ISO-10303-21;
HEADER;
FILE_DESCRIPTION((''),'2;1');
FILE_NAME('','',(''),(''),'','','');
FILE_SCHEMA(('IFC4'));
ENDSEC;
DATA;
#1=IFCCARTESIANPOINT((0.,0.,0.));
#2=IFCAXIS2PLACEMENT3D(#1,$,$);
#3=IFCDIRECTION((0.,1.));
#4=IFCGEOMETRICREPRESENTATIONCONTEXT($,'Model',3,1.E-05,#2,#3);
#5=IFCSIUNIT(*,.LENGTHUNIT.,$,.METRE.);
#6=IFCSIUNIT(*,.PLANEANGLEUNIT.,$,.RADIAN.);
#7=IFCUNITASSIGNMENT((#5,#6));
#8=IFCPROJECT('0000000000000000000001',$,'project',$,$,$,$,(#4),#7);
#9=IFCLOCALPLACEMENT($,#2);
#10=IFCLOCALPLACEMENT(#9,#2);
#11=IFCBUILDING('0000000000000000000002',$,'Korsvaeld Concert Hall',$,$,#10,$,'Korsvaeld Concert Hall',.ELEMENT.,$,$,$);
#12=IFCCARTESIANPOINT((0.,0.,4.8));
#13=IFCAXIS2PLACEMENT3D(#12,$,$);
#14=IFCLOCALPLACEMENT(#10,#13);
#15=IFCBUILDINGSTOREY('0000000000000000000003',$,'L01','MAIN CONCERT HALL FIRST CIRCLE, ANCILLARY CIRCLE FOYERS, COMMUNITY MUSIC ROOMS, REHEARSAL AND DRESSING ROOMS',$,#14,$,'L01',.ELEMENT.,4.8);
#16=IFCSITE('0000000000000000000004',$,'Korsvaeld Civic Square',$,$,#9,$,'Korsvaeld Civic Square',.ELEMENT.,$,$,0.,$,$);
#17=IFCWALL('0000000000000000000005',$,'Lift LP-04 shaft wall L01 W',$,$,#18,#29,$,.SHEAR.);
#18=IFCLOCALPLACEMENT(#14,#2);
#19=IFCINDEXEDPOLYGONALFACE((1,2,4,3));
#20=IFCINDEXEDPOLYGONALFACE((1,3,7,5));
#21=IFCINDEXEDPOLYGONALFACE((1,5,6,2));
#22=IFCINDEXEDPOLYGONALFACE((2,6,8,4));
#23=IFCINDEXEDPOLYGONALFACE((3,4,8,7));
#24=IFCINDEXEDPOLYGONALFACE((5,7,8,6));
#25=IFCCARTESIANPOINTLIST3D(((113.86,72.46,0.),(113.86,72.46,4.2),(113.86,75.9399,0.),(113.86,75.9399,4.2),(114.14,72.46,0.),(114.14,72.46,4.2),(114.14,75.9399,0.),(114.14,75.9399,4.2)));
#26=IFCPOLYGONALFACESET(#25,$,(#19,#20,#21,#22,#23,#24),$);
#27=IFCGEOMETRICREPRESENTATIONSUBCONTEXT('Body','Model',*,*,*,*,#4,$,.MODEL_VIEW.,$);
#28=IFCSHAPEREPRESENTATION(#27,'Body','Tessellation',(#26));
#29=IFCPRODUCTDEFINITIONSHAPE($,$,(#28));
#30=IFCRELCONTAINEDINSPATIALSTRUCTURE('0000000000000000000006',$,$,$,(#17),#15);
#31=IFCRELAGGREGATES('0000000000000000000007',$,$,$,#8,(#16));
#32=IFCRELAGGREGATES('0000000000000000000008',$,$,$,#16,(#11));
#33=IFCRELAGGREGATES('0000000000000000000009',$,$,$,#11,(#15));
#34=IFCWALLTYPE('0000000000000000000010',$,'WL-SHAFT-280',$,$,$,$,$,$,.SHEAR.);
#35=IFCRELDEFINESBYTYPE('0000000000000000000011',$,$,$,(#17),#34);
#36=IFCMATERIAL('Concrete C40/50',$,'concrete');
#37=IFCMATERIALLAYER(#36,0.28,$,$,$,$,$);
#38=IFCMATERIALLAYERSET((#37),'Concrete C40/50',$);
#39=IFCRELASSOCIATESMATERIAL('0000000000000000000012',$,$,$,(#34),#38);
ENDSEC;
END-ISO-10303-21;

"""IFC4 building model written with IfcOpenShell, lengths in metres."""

from ifc_helpers import new_model, si_unit, direction, frame, frame_2d, origin, place, context, subcontext, project, spatial, rectangle, extrude, material, layer, layer_set, type_object, element, save


model = new_model("IFC4")

# Units and contexts
model_context = context("Model", 3, precision=1e-05, world=origin(), true_north=direction((0.0, 1.0)))
body_context = subcontext(model_context, "Body", "Model", "MODEL_VIEW")
ifc_project = project(units=[si_unit("LENGTHUNIT", "METRE"), si_unit("PLANEANGLEUNIT", "RADIAN")], contexts=[model_context])

# Site, building, storey
site_placement = place(None, origin())
site = spatial("IfcSite", under=ifc_project, at=site_placement, Name="Korsvaeld Civic Square", LongName="Korsvaeld Civic Square", CompositionType="ELEMENT", RefElevation=0.0)
building_placement = place(site_placement, origin())
building = spatial("IfcBuilding", under=site, at=building_placement, Name="Korsvaeld Concert Hall", LongName="Korsvaeld Concert Hall", CompositionType="ELEMENT")
storey_placement = place(building_placement, frame((0.0, 0.0, 4.8)))
storey = spatial("IfcBuildingStorey", under=building, at=storey_placement, Name="L01", Description="MAIN CONCERT HALL FIRST CIRCLE, ANCILLARY CIRCLE FOYERS, COMMUNITY MUSIC ROOMS, REHEARSAL AND DRESSING ROOMS", LongName="L01", CompositionType="ELEMENT", Elevation=4.8)

# Shared definitions
ifc_material_1 = material(Name="Concrete C40/50", Category="concrete")

# Shared definitions
ifc_layer_1 = layer(ifc_material_1, 0.28)
ifc_layer_set_1 = layer_set([ifc_layer_1], Name="Concrete C40/50")
wall_type_1 = type_object("IfcWallType", Name="WL-SHAFT-280", PredefinedType="SHEAR", material=ifc_layer_set_1)

# Wall
wall_1_placement = place(storey_placement, frame((114.0, 75.9399, 0.0), z_axis=(0.0, 0.0, 1.0), x_axis=(0.0, -1.0, 0.0)))
element("IfcWall", 1, at=wall_1_placement, inside=storey, type_object=wall_type_1, Name="Lift LP-04 shaft wall L01 W", PredefinedType="SHEAR", context=body_context, shape_type="SweptSolid", body=[
    extrude(rectangle(XDim=3.48, YDim=0.28, at=frame_2d((1.74, 0.0))), origin(), (0.0, 0.0, 1.0), 4.2),
])

save(model, "model.ifc")
